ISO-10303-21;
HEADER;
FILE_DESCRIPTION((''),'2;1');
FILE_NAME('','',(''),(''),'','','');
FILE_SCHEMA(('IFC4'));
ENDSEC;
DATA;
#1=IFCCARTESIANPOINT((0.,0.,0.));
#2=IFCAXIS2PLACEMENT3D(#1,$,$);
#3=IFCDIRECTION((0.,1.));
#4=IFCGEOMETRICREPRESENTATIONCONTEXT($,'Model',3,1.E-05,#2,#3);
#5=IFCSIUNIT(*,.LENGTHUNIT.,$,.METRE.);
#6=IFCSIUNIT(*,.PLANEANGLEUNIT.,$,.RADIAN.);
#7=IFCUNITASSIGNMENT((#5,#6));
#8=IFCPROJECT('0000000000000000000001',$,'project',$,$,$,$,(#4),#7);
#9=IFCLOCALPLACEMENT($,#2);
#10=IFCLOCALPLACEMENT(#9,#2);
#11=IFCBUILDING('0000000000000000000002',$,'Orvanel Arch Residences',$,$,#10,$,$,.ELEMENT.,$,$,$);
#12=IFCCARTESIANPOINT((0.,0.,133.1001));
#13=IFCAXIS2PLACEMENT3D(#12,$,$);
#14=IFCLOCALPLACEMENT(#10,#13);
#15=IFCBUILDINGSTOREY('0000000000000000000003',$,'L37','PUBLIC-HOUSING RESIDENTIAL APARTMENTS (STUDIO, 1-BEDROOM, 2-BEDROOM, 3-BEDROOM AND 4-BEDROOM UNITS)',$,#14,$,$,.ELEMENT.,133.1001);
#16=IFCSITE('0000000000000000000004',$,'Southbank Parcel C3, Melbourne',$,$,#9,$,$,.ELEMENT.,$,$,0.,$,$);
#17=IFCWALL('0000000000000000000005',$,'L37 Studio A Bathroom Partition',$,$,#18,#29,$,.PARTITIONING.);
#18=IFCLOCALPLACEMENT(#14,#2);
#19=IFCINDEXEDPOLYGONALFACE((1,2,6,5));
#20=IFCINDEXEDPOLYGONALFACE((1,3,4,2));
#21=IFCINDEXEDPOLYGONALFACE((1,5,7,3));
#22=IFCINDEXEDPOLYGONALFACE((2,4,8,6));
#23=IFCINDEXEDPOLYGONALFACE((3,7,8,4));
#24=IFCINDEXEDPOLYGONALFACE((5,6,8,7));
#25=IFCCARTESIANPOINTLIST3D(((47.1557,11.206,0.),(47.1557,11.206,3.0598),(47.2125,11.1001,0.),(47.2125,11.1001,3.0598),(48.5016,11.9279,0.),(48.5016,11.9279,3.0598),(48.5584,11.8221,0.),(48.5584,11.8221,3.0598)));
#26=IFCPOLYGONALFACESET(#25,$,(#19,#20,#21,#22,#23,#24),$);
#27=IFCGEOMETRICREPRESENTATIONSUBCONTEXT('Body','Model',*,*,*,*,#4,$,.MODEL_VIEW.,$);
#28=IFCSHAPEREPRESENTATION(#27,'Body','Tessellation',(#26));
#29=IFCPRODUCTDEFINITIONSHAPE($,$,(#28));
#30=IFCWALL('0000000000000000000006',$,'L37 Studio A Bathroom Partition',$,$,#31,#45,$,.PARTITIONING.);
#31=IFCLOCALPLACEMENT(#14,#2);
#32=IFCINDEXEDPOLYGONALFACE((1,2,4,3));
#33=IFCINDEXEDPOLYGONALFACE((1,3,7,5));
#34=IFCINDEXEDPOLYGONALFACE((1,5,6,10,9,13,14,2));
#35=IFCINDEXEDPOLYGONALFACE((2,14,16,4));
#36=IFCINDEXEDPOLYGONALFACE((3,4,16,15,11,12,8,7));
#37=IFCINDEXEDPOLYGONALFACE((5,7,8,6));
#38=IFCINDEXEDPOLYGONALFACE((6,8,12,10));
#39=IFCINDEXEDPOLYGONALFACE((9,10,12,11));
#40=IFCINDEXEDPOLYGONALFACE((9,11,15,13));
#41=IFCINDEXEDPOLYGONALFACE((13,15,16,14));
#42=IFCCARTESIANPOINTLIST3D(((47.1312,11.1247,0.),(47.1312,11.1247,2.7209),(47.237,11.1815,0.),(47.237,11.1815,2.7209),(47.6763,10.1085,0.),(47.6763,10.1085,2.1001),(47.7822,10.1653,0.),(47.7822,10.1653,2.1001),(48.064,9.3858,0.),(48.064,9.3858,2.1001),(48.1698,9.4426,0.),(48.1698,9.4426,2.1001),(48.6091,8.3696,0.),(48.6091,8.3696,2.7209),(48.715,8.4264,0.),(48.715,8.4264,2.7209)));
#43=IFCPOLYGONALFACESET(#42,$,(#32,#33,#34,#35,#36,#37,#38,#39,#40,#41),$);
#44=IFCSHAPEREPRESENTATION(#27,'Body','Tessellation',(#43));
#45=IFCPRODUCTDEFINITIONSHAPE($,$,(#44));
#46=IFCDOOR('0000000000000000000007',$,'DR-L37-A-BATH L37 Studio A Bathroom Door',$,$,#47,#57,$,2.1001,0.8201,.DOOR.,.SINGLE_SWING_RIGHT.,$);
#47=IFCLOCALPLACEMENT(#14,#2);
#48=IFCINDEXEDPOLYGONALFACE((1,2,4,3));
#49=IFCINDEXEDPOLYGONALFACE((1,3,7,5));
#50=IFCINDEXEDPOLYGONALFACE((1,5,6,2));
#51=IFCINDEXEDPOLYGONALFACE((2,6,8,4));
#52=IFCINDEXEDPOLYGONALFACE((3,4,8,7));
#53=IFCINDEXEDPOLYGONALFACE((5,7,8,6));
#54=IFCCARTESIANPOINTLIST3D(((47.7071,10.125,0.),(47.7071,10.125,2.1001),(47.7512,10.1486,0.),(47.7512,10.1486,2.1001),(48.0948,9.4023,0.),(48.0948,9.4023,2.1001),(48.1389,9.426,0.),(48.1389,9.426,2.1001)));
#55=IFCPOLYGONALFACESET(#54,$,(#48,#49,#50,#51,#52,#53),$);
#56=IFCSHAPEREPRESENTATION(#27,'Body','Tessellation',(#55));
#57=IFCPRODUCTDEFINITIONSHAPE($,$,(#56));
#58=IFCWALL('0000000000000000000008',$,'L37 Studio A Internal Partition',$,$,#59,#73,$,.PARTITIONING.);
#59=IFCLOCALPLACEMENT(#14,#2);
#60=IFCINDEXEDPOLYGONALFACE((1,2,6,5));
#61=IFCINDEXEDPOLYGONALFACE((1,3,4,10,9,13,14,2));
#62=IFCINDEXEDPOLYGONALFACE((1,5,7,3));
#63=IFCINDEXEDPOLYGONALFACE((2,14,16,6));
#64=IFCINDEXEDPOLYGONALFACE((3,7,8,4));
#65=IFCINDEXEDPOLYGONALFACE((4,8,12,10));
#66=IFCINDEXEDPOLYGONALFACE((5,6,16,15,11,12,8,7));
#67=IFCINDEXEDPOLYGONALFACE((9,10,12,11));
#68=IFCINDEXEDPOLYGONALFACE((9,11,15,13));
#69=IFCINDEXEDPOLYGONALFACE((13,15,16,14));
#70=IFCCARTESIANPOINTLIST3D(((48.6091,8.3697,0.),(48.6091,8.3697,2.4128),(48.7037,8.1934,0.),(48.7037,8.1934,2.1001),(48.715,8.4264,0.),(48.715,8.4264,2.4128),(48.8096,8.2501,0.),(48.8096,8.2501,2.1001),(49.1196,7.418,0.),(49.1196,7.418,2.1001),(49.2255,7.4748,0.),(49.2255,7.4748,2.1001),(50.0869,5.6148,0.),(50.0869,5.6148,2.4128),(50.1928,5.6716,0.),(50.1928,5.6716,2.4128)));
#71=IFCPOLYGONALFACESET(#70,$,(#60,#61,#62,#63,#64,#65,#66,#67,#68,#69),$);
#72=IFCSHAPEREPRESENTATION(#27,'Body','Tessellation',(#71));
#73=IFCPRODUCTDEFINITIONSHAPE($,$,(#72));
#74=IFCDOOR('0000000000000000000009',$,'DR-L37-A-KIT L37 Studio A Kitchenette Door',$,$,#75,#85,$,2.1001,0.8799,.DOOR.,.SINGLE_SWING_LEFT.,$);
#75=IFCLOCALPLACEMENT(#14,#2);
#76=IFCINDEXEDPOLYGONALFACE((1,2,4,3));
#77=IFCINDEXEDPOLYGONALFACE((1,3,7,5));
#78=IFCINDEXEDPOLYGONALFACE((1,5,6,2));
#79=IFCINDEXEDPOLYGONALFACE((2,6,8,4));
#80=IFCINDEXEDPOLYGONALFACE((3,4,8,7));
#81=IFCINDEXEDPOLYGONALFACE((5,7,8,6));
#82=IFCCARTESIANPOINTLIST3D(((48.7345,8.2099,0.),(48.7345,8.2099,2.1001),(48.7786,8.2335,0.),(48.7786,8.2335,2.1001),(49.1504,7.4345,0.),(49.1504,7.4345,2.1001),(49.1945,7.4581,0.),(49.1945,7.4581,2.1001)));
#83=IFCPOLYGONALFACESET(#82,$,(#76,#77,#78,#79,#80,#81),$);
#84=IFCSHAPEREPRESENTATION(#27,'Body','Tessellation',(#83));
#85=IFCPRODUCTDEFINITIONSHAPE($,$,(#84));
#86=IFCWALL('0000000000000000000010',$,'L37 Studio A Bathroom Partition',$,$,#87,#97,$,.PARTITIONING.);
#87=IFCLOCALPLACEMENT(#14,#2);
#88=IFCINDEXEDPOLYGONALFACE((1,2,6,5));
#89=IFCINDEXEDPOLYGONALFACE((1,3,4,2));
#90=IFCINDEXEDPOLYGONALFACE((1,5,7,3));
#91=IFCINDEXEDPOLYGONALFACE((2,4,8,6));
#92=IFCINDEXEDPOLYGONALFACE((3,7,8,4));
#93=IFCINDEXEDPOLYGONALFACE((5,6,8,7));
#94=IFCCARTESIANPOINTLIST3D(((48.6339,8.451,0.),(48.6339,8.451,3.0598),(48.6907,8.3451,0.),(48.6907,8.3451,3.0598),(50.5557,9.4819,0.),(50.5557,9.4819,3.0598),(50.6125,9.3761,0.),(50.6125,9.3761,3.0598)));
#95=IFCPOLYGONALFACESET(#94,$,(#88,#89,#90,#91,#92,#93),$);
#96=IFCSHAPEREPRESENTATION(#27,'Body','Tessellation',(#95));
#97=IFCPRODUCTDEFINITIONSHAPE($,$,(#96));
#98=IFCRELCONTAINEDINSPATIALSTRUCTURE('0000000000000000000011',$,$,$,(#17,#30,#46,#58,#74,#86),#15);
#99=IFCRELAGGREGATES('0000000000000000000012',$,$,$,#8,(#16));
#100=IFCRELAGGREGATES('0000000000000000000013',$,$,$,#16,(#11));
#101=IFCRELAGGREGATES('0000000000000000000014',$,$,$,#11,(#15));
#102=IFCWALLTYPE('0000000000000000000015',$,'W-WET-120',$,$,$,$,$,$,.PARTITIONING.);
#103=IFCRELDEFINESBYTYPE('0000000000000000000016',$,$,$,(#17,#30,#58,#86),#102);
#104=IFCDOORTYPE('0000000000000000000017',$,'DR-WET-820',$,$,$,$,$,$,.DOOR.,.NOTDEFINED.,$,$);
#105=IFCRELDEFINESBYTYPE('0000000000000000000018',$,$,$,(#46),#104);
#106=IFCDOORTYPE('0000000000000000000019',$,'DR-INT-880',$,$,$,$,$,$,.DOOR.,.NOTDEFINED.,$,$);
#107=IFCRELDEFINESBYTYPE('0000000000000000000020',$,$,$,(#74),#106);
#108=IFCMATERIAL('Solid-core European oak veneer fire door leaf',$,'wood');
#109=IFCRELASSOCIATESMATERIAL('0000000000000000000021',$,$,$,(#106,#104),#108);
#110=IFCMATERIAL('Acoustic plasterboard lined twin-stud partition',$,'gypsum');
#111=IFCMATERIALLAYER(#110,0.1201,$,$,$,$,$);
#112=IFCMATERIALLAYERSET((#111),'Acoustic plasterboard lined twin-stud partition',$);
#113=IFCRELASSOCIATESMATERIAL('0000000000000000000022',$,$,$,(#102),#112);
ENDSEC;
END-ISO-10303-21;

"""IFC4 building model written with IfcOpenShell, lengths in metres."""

from ifc_helpers import new_model, si_unit, direction, frame, frame_2d, origin, place, context, subcontext, project, spatial, rectangle, extrude, material, layer, layer_set, type_object, element, fill, save


model = new_model("IFC4")

# Units and contexts
model_context = context("Model", 3, precision=1e-05, world=origin(), true_north=direction((0.0, 1.0)))
body_context = subcontext(model_context, "Body", "Model", "MODEL_VIEW")
ifc_project = project(units=[si_unit("LENGTHUNIT", "METRE"), si_unit("PLANEANGLEUNIT", "RADIAN")], contexts=[model_context])

# Site, building, storey
site_placement = place(None, origin())
site = spatial("IfcSite", under=ifc_project, at=site_placement, Name="Southbank Parcel C3, Melbourne", CompositionType="ELEMENT", RefElevation=0.0)
building_placement = place(site_placement, origin())
building = spatial("IfcBuilding", under=site, at=building_placement, Name="Orvanel Arch Residences", CompositionType="ELEMENT")
storey_placement = place(building_placement, frame((0.0, 0.0, 133.1001)))
storey = spatial("IfcBuildingStorey", under=building, at=storey_placement, Name="L37", Description="PUBLIC-HOUSING RESIDENTIAL APARTMENTS (STUDIO, 1-BEDROOM, 2-BEDROOM, 3-BEDROOM AND 4-BEDROOM UNITS)", CompositionType="ELEMENT", Elevation=133.1001)

# Shared definitions
ifc_material_1 = material(Name="Solid-core European oak veneer fire door leaf", Category="wood")
door_type_1 = type_object("IfcDoorType", Name="DR-INT-880", OperationType="NOTDEFINED", PredefinedType="DOOR", material=ifc_material_1)

# Wall
ifc_material_2 = material(Name="Acoustic plasterboard lined twin-stud partition", Category="gypsum")
ifc_layer_1 = layer(ifc_material_2, 0.1201)
ifc_layer_set_1 = layer_set([ifc_layer_1], Name="Acoustic plasterboard lined twin-stud partition")
wall_type_1 = type_object("IfcWallType", Name="W-WET-120", PredefinedType="PARTITIONING", material=ifc_layer_set_1)
wall_1_placement = place(storey_placement, frame((48.53, 11.875, 0.0), z_axis=(0.0, 0.0, 1.0), x_axis=(-0.88124, -0.472669, 0.0)))
element("IfcWall", 1, at=wall_1_placement, inside=storey, type_object=wall_type_1, Name="L37 Studio A Bathroom Partition", PredefinedType="PARTITIONING", context=body_context, shape_type="SweptSolid", body=[
    extrude(rectangle(XDim=1.5273, YDim=0.1201, at=frame_2d((0.7637, 0.0))), origin(), (0.0, 0.0, 1.0), 3.0598),
])

# Walls, openings, doors
wall_2_placement = place(storey_placement, frame((47.1841, 11.1531, 0.0), z_axis=(0.0, 0.0, 1.0), x_axis=(0.472735, -0.881205, 0.0)))
wall_2 = element("IfcWall", 2, at=wall_2_placement, inside=storey, type_object=wall_type_1, Name="L37 Studio A Bathroom Partition", PredefinedType="PARTITIONING", context=body_context, shape_type="SweptSolid", body=[
    extrude(rectangle(XDim=3.1265, YDim=0.1201, at=frame_2d((1.5632, 0.0))), origin(), (0.0, 0.0, 1.0), 2.7209),
])
opening_1_placement = place(wall_2_placement, frame((1.1531, 0.0, 0.0)))
opening_1 = element("IfcOpeningElement", 3, at=opening_1_placement, cuts=wall_2, PredefinedType="OPENING", context=body_context, shape_type="SweptSolid", body=[
    extrude(rectangle(XDim=0.8201, YDim=2.1001, at=frame_2d((0.4102, 1.05))), frame((0.0, 0.0701, 0.0), z_axis=(0.0, -1.0, 0.0), x_axis=(1.0, 0.0, 0.0)), (0.0, 0.0, 1.0), 0.1401),
])
door_type_2 = type_object("IfcDoorType", Name="DR-WET-820", OperationType="NOTDEFINED", PredefinedType="DOOR", material=ifc_material_1)
door_1_placement = place(opening_1_placement, origin())
door_1 = element("IfcDoor", 4, at=door_1_placement, inside=storey, type_object=door_type_2, Name="DR-L37-A-BATH L37 Studio A Bathroom Door", OperationType="SINGLE_SWING_RIGHT", OverallHeight=2.1001, OverallWidth=0.8201, PredefinedType="DOOR", context=body_context, shape_type="SweptSolid", body=[
    extrude(rectangle(XDim=0.8201, YDim=2.1001, at=frame_2d((0.4102, 1.05))), frame((0.0, 0.0249, 0.0), z_axis=(0.0, -1.0, 0.0), x_axis=(1.0, 0.0, 0.0)), (0.0, 0.0, 1.0), 0.05),
])
fill(opening_1, door_1)
wall_3_placement = place(storey_placement, frame((48.6621, 8.3979, 0.0), z_axis=(0.0, 0.0, 1.0), x_axis=(0.472707, -0.88122, 0.0)))
wall_3 = element("IfcWall", 5, at=wall_3_placement, inside=storey, type_object=wall_type_1, Name="L37 Studio A Internal Partition", PredefinedType="PARTITIONING", context=body_context, shape_type="SweptSolid", body=[
    extrude(rectangle(XDim=3.1262, YDim=0.1201, at=frame_2d((1.563, 0.0))), origin(), (0.0, 0.0, 1.0), 2.4128),
])
opening_2_placement = place(wall_3_placement, frame((0.2, 0.0, 0.0)))
opening_2 = element("IfcOpeningElement", 6, at=opening_2_placement, cuts=wall_3, PredefinedType="OPENING", context=body_context, shape_type="SweptSolid", body=[
    extrude(rectangle(XDim=0.8799, YDim=2.1001, at=frame_2d((0.4399, 1.05))), frame((0.0, 0.0701, 0.0), z_axis=(0.0, -1.0, 0.0), x_axis=(1.0, 0.0, 0.0)), (0.0, 0.0, 1.0), 0.1401),
])
door_2_placement = place(opening_2_placement, origin())
door_2 = element("IfcDoor", 7, at=door_2_placement, inside=storey, type_object=door_type_1, Name="DR-L37-A-KIT L37 Studio A Kitchenette Door", OperationType="SINGLE_SWING_LEFT", OverallHeight=2.1001, OverallWidth=0.8799, PredefinedType="DOOR", context=body_context, shape_type="SweptSolid", body=[
    extrude(rectangle(XDim=0.8799, YDim=2.1001, at=frame_2d((0.4399, 1.05))), frame((0.0, 0.0249, 0.0), z_axis=(0.0, -1.0, 0.0), x_axis=(1.0, 0.0, 0.0)), (0.0, 0.0, 1.0), 0.05),
])
fill(opening_2, door_2)

# Wall
wall_4_placement = place(storey_placement, frame((50.584, 9.429, 0.0), z_axis=(0.0, 0.0, 1.0), x_axis=(-0.881207, -0.472731, 0.0)))
element("IfcWall", 8, at=wall_4_placement, inside=storey, type_object=wall_type_1, Name="L37 Studio A Bathroom Partition", PredefinedType="PARTITIONING", context=body_context, shape_type="SweptSolid", body=[
    extrude(rectangle(XDim=2.1809, YDim=0.1201, at=frame_2d((1.0903, 0.0))), origin(), (0.0, 0.0, 1.0), 3.0598),
])

save(model, "model.ifc")
